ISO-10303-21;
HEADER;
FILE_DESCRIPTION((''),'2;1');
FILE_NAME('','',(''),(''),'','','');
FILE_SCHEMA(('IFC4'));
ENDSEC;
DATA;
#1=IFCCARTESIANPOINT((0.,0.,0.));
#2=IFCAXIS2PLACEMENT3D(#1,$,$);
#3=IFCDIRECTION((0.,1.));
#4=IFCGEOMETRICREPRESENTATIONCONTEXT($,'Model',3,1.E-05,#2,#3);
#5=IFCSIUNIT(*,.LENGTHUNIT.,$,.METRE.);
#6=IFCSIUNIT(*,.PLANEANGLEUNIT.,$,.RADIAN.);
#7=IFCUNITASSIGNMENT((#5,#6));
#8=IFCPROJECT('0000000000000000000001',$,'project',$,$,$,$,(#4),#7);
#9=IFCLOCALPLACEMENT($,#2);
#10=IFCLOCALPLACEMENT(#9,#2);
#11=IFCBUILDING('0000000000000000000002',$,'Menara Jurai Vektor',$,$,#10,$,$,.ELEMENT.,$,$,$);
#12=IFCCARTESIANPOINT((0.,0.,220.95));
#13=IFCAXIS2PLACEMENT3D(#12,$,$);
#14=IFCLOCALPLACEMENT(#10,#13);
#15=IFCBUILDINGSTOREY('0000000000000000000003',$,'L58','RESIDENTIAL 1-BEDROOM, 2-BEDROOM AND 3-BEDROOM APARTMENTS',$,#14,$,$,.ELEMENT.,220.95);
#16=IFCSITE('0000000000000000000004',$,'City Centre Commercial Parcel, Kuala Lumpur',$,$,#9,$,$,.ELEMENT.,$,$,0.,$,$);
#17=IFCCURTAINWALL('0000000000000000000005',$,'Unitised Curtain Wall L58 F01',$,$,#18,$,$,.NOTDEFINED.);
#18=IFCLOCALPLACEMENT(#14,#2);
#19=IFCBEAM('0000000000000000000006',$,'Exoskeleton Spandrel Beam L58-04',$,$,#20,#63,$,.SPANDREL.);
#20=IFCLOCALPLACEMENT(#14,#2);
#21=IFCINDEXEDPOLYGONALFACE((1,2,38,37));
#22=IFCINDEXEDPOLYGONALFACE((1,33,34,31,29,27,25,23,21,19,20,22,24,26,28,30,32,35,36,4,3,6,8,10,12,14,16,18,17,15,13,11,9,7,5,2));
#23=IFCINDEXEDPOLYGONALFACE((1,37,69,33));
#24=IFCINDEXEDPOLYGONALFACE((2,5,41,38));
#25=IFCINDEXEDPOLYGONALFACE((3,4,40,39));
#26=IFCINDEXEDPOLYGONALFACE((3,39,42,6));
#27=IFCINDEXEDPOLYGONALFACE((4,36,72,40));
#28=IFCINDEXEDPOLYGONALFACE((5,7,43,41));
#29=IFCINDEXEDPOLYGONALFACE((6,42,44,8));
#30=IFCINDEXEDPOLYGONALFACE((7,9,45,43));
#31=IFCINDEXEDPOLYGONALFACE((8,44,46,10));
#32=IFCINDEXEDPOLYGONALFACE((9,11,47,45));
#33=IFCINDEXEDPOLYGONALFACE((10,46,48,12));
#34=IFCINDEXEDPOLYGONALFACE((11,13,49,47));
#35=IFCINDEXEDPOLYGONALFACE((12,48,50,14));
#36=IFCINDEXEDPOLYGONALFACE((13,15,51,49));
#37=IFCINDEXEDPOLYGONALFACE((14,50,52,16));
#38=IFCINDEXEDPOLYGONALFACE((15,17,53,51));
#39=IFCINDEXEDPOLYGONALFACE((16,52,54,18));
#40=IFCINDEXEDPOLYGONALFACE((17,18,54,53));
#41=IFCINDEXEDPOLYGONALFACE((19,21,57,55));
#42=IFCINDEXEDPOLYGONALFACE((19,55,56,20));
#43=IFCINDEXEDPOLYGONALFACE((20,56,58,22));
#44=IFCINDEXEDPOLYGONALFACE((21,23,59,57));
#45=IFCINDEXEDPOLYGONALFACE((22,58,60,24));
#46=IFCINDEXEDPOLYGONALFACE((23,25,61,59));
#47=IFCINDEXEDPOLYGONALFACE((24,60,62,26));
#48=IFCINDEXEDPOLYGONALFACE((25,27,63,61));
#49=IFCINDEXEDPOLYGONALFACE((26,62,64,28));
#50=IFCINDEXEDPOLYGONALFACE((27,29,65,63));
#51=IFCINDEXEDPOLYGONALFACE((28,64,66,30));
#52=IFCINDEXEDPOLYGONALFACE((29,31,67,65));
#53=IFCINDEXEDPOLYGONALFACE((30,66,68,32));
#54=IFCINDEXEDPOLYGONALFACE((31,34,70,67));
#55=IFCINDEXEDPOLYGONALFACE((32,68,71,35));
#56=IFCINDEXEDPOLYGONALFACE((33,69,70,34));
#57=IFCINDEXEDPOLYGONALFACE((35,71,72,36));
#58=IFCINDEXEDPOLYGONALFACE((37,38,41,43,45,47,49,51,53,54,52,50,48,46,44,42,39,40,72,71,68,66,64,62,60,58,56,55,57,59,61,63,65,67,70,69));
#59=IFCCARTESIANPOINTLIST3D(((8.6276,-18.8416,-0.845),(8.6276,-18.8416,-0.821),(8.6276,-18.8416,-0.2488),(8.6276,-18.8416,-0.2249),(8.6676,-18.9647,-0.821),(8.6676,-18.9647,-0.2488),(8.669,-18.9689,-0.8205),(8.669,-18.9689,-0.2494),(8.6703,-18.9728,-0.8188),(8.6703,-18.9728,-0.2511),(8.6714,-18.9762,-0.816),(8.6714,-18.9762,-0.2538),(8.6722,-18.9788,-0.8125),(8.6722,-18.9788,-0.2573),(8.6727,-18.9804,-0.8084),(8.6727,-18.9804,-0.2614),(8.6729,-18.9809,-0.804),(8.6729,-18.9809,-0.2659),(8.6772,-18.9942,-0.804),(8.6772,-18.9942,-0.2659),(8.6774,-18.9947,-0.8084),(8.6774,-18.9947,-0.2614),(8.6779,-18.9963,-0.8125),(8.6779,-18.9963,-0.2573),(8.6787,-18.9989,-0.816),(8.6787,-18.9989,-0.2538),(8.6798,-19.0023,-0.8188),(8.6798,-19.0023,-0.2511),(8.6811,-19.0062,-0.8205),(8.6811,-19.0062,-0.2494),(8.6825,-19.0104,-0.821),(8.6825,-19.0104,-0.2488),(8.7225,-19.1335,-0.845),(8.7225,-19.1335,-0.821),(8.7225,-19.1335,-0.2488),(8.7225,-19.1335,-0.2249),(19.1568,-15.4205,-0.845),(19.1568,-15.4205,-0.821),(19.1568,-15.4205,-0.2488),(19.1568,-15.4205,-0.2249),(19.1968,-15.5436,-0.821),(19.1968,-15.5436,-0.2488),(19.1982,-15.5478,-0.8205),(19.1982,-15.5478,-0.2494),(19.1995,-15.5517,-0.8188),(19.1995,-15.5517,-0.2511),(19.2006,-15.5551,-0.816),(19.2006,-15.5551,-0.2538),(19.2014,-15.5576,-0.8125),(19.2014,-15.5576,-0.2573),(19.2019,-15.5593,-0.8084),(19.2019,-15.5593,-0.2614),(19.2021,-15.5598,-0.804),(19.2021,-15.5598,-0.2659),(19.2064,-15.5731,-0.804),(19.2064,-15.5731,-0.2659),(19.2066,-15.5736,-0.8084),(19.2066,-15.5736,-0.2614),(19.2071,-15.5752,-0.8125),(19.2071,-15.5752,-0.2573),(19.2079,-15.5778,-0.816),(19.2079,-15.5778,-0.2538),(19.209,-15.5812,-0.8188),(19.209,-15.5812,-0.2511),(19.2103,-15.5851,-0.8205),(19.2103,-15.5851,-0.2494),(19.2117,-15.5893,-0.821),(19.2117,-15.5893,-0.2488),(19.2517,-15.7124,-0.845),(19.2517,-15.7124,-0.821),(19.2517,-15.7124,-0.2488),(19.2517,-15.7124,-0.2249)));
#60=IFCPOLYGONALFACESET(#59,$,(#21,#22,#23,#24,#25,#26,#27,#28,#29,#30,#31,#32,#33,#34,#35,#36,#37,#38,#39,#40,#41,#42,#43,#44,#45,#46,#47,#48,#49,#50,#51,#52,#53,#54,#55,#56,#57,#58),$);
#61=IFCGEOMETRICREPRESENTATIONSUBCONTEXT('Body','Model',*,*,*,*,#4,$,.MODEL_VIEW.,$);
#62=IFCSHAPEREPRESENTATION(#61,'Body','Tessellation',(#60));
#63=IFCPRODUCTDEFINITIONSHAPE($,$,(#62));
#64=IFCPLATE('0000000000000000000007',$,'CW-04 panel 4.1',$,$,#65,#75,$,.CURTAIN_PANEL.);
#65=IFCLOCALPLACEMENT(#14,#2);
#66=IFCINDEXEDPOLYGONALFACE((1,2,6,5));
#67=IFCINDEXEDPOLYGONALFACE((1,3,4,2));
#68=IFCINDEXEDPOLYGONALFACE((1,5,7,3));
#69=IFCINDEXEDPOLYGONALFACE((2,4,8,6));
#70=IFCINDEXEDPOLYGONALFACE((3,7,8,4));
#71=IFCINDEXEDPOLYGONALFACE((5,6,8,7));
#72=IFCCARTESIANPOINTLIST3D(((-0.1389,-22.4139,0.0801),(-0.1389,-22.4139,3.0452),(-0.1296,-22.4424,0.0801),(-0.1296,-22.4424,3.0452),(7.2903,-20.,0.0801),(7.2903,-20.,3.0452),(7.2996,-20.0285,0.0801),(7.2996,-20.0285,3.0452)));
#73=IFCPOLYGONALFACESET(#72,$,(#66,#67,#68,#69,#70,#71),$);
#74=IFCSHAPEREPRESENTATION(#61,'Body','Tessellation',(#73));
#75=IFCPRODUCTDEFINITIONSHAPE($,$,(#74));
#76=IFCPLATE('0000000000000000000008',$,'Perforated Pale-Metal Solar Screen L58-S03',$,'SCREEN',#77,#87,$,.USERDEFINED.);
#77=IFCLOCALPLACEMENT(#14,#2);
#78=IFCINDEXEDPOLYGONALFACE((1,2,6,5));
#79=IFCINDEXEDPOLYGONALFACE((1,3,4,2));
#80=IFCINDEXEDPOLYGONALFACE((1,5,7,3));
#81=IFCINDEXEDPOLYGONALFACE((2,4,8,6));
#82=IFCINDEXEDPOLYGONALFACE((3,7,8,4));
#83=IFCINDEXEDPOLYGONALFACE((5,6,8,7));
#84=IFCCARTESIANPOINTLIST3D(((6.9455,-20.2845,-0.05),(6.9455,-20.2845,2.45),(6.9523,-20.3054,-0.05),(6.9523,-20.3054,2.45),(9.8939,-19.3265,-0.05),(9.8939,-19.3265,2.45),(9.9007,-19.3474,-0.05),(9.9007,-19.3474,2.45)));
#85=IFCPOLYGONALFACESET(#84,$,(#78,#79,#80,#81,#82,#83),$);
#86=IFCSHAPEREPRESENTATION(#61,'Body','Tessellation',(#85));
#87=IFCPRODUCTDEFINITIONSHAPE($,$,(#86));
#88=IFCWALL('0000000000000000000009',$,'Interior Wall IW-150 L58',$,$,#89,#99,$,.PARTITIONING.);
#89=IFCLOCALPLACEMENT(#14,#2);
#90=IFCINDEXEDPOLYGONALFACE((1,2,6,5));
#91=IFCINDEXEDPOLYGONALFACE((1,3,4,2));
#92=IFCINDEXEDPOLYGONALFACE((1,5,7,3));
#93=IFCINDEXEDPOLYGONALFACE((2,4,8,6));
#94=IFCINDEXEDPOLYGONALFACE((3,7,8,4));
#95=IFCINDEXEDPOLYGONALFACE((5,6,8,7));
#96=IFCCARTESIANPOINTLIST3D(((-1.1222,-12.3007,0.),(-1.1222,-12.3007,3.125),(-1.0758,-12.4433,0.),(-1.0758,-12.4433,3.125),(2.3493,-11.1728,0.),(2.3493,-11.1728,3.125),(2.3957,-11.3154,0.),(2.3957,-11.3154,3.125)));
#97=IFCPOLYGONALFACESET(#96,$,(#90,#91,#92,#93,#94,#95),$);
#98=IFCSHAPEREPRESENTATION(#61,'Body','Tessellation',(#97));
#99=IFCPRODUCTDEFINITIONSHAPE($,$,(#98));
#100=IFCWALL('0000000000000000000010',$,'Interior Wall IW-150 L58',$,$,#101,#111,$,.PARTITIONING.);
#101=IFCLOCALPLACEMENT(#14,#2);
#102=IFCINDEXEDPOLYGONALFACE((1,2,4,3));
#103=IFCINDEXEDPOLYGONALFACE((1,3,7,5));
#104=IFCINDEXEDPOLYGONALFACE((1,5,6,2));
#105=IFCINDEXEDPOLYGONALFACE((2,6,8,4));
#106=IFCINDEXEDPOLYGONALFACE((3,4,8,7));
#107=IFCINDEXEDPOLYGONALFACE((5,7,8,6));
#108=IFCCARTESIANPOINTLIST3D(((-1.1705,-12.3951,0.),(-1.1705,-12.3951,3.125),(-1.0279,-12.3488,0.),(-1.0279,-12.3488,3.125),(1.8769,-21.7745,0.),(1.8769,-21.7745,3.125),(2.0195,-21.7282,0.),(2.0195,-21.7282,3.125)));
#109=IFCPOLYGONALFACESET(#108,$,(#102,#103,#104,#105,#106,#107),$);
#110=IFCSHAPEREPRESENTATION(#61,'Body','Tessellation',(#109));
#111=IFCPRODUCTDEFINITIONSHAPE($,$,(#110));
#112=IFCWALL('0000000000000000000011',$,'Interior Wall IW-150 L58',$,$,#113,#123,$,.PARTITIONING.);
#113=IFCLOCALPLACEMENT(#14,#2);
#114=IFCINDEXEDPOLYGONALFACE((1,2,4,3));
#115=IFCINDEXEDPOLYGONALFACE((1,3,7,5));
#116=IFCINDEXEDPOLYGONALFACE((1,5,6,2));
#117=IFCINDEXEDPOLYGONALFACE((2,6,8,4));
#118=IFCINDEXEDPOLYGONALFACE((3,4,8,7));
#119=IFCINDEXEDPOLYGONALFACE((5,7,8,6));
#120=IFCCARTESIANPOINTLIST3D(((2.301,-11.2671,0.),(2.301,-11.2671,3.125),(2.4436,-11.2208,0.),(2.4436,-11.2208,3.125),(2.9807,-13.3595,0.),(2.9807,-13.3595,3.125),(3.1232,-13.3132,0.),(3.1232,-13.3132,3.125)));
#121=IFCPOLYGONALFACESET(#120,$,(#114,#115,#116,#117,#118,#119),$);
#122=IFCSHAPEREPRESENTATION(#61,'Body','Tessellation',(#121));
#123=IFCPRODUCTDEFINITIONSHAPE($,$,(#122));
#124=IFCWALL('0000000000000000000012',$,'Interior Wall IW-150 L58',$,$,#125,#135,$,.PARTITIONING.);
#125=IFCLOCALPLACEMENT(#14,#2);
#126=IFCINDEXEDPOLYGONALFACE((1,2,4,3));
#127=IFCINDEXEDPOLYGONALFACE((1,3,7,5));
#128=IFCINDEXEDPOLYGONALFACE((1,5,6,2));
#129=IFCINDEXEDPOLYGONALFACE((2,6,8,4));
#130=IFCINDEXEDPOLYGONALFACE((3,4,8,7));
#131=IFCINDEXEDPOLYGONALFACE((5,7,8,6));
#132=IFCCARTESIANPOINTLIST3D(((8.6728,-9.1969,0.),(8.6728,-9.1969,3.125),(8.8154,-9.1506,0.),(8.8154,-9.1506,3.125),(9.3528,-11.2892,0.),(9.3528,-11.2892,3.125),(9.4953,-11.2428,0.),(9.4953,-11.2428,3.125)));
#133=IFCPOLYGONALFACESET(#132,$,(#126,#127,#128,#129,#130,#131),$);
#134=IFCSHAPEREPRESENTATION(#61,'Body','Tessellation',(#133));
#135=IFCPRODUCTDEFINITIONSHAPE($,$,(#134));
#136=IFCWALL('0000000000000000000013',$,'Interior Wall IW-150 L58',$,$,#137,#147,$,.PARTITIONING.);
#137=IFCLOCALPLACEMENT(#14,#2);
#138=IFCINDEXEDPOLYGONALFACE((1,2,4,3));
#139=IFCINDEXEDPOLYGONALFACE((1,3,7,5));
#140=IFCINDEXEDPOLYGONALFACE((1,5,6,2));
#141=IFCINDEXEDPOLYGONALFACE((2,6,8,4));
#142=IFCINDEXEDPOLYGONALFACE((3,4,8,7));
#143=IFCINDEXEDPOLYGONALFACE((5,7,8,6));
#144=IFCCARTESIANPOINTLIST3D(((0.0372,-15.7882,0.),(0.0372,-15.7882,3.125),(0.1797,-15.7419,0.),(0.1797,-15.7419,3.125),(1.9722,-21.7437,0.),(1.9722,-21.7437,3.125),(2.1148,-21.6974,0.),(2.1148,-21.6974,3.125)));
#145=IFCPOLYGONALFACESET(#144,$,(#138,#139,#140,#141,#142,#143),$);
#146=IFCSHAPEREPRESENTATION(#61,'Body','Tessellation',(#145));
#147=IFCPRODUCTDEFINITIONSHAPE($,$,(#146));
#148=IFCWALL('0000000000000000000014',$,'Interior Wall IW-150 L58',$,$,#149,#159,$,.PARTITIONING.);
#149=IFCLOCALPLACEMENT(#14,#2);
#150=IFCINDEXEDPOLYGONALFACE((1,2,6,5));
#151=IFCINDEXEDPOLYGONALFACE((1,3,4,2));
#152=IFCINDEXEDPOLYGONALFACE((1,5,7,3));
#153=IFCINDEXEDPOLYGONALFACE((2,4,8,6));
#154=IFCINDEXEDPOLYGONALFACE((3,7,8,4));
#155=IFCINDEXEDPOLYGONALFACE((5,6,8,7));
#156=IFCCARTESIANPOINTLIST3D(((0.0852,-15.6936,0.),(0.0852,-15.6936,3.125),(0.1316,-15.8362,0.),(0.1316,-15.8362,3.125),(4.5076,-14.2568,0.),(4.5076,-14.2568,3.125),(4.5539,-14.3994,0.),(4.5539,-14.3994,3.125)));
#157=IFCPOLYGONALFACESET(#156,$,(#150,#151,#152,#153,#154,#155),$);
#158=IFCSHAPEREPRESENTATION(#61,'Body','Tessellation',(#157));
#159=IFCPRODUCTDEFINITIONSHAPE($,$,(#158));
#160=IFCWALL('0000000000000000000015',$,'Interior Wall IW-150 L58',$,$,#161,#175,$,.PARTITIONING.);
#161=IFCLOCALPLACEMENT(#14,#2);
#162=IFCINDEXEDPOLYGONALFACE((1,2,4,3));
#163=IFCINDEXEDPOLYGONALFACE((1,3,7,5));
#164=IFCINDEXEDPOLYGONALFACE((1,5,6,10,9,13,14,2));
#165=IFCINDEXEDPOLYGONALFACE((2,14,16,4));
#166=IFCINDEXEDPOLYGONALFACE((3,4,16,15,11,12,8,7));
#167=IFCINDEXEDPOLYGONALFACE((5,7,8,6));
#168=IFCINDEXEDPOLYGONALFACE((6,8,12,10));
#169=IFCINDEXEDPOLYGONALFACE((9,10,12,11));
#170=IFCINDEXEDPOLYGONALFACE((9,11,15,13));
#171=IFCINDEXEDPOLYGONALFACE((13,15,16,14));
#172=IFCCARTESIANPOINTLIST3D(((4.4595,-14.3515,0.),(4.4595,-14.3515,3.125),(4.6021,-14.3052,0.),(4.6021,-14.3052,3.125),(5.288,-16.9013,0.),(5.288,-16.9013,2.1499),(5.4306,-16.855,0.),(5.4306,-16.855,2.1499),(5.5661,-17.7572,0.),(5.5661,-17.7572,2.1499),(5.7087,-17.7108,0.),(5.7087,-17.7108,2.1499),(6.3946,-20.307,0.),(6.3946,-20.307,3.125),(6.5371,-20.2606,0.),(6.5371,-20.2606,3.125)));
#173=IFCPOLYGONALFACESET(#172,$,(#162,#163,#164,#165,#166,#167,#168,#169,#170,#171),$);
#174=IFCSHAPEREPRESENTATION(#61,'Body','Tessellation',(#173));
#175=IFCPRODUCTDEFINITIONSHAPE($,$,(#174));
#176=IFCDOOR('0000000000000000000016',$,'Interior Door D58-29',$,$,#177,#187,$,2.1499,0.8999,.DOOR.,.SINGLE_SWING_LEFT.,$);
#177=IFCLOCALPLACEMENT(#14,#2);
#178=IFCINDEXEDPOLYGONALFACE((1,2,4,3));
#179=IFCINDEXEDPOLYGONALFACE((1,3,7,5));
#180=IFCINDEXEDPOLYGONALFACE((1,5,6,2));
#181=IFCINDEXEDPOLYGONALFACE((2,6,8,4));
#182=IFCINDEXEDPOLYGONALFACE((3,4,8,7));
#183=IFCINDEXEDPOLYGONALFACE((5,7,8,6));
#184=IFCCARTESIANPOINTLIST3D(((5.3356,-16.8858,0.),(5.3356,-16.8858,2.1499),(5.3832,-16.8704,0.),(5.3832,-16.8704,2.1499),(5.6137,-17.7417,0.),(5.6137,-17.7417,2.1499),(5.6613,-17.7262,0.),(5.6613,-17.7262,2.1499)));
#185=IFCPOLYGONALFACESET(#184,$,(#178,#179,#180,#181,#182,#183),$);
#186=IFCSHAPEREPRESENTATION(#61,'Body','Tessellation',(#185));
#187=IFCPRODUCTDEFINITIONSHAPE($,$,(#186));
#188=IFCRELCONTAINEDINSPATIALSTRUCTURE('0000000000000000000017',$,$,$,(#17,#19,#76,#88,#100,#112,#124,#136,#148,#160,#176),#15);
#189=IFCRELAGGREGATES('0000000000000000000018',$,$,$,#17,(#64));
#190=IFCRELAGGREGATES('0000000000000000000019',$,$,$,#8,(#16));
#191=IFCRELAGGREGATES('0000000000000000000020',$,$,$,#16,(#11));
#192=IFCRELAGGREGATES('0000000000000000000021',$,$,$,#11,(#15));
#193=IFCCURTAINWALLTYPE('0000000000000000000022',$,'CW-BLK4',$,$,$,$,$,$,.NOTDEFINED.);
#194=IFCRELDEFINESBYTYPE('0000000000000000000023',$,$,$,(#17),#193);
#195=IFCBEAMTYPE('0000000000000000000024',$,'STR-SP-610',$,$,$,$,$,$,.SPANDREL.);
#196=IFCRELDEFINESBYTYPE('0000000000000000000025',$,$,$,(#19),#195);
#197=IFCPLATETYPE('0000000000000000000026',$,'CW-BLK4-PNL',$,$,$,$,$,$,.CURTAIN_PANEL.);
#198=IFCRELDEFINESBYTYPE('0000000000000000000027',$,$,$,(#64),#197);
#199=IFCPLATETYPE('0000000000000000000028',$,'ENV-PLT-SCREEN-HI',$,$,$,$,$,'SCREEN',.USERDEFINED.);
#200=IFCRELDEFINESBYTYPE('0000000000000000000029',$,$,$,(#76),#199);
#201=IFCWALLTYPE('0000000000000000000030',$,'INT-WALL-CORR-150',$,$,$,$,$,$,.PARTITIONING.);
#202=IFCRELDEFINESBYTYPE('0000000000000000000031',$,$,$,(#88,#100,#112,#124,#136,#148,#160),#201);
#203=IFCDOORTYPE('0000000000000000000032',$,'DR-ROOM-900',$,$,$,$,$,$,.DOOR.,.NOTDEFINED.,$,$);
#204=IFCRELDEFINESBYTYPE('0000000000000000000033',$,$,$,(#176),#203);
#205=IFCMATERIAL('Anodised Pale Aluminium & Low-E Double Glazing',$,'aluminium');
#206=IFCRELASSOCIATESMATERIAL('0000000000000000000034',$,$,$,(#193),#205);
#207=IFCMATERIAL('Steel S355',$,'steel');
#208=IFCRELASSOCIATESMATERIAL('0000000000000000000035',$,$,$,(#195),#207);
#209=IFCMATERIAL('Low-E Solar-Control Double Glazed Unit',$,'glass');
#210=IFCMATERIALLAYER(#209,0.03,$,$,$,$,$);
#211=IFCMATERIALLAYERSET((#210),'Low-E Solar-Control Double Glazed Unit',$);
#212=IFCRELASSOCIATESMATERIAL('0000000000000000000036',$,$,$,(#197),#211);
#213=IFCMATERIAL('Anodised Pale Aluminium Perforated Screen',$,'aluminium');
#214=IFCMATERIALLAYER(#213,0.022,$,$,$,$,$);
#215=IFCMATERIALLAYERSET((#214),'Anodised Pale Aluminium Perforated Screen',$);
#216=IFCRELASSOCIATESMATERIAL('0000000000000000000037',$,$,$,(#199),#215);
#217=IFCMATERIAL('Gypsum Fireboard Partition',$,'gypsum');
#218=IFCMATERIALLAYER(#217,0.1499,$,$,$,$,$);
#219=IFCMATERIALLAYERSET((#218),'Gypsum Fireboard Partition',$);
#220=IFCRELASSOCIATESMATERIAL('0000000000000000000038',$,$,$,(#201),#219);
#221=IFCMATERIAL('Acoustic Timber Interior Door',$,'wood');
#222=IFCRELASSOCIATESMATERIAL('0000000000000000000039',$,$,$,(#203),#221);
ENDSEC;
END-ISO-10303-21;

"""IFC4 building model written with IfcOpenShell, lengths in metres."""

from ifc_helpers import new_model, si_unit, direction, frame, frame_2d, origin, origin_2d, place, context, subcontext, project, spatial, rectangle, i_section, extrude, material, layer, layer_set, material_profile, profile_set, type_object, element, fill, aggregate, save


model = new_model("IFC4")

# Units and contexts
model_context = context("Model", 3, precision=1e-05, world=origin(), true_north=direction((0.0, 1.0)))
body_context = subcontext(model_context, "Body", "Model", "MODEL_VIEW")
ifc_project = project(units=[si_unit("LENGTHUNIT", "METRE"), si_unit("PLANEANGLEUNIT", "RADIAN")], contexts=[model_context])

# Site, building, storey
site_placement = place(None, origin())
site = spatial("IfcSite", under=ifc_project, at=site_placement, Name="City Centre Commercial Parcel, Kuala Lumpur", CompositionType="ELEMENT", RefElevation=0.0)
building_placement = place(site_placement, origin())
building = spatial("IfcBuilding", under=site, at=building_placement, Name="Menara Jurai Vektor", CompositionType="ELEMENT")
storey_placement = place(building_placement, frame((0.0, 0.0, 220.95)))
storey = spatial("IfcBuildingStorey", under=building, at=storey_placement, Name="L58", Description="RESIDENTIAL 1-BEDROOM, 2-BEDROOM AND 3-BEDROOM APARTMENTS", CompositionType="ELEMENT", Elevation=220.95)

# Curtain wall
ifc_material_1 = material(Name="Anodised Pale Aluminium & Low-E Double Glazing", Category="aluminium")
curtain_wall_type = type_object("IfcCurtainWallType", Name="CW-BLK4", PredefinedType="NOTDEFINED", material=ifc_material_1)
curtain_wall_placement = place(storey_placement, origin())
curtain_wall = element("IfcCurtainWall", 1, at=curtain_wall_placement, inside=storey, type_object=curtain_wall_type, Name="Unitised Curtain Wall L58 F01", PredefinedType="NOTDEFINED")

# Beam
ifc_material_2 = material(Name="Steel S355", Category="steel")
ifc_material_profile_1 = material_profile(ifc_material_2, i_section(OverallWidth=0.3069, OverallDepth=0.6201, WebThickness=0.0139, FlangeThickness=0.0239, FilletRadius=0.0171, at=origin_2d()), Name="UKB 610x305x179")
ifc_profile_set_1 = profile_set([ifc_material_profile_1], Name="Steel S355")
beam_type_1 = type_object("IfcBeamType", Name="STR-SP-610", PredefinedType="SPANDREL", material=ifc_profile_set_1)
for number, where, z_axis, x_axis, name in (
    (2, (8.675, -18.9875, -0.5349), (0.951057, 0.309014, 0.0), (-0.309014, 0.951057, 0.0), "Exoskeleton Spandrel Beam L58-04"),
):
    element("IfcBeam", number, at=place(storey_placement, frame(where, z_axis=z_axis, x_axis=x_axis)), inside=storey, type_object=beam_type_1, Name=name, PredefinedType="SPANDREL", context=body_context, shape_type="SweptSolid", body=[
        extrude(i_section(OverallWidth=0.3069, OverallDepth=0.6201, WebThickness=0.0139, FlangeThickness=0.0239, FilletRadius=0.0171, at=origin_2d()), origin(), (0.0, 0.0, 1.0), 11.071),
    ])

# Plates
ifc_material_3 = material(Name="Low-E Solar-Control Double Glazed Unit", Category="glass")
ifc_layer_1 = layer(ifc_material_3, 0.03)
ifc_layer_set_1 = layer_set([ifc_layer_1], Name="Low-E Solar-Control Double Glazed Unit")
plate_type_1 = type_object("IfcPlateType", Name="CW-BLK4-PNL", PredefinedType="CURTAIN_PANEL", material=ifc_layer_set_1)
plate_1_placement = place(storey_placement, frame((3.5803, -21.2212, 0.0801), z_axis=(0.0, 0.0, 1.0), x_axis=(0.951056, 0.309017, 0.0)))
plate_1 = element("IfcPlate", 3, at=plate_1_placement, type_object=plate_type_1, Name="CW-04 panel 4.1", PredefinedType="CURTAIN_PANEL", context=body_context, shape_type="SweptSolid", body=[
    extrude(rectangle(XDim=7.8115, YDim=0.03, at=origin_2d()), origin(), (0.0, 0.0, 1.0), 2.9651),
])
aggregate(curtain_wall, [plate_1])
ifc_material_4 = material(Name="Anodised Pale Aluminium Perforated Screen", Category="aluminium")
ifc_layer_2 = layer(ifc_material_4, 0.022)
ifc_layer_set_2 = layer_set([ifc_layer_2], Name="Anodised Pale Aluminium Perforated Screen")
plate_type_2 = type_object("IfcPlateType", Name="ENV-PLT-SCREEN-HI", ElementType="SCREEN", PredefinedType="USERDEFINED", material=ifc_layer_set_2)
plate_2_placement = place(storey_placement, frame((8.4231, -19.8159, -0.05), z_axis=(0.0, 0.0, 1.0), x_axis=(0.951057, 0.309017, 0.0)))
element("IfcPlate", 4, at=plate_2_placement, inside=storey, type_object=plate_type_2, Name="Perforated Pale-Metal Solar Screen L58-S03", ObjectType="SCREEN", PredefinedType="USERDEFINED", context=body_context, shape_type="SweptSolid", body=[
    extrude(rectangle(XDim=3.1001, YDim=0.022, at=origin_2d()), origin(), (0.0, 0.0, 1.0), 2.5),
])

# Walls
ifc_material_5 = material(Name="Gypsum Fireboard Partition", Category="gypsum")
ifc_layer_3 = layer(ifc_material_5, 0.1499)
ifc_layer_set_3 = layer_set([ifc_layer_3], Name="Gypsum Fireboard Partition")
wall_type_1 = type_object("IfcWallType", Name="INT-WALL-CORR-150", PredefinedType="PARTITIONING", material=ifc_layer_set_3)
wall_1_placement = place(storey_placement, frame((-1.0991, -12.3721, 0.0), z_axis=(0.0, 0.0, 1.0), x_axis=(0.951057, 0.309015, 0.0)))
element("IfcWall", 5, at=wall_1_placement, inside=storey, type_object=wall_type_1, Name="Interior Wall IW-150 L58", PredefinedType="PARTITIONING", context=body_context, shape_type="SweptSolid", body=[
    extrude(rectangle(XDim=3.6501, YDim=0.1499, at=frame_2d((1.8252, 0.0))), origin(), (0.0, 0.0, 1.0), 3.125),
])
wall_2_placement = place(storey_placement, frame((1.9482, -21.7515, 0.0), z_axis=(0.0, 0.0, 1.0), x_axis=(-0.309, 0.951062, 0.0)))
element("IfcWall", 6, at=wall_2_placement, inside=storey, type_object=wall_type_1, Name="Interior Wall IW-150 L58", PredefinedType="PARTITIONING", context=body_context, shape_type="SweptSolid", body=[
    extrude(rectangle(XDim=9.8621, YDim=0.1499, at=frame_2d((4.9312, 0.0))), origin(), (0.0, 0.0, 1.0), 3.125),
])
wall_3_placement = place(storey_placement, frame((3.052, -13.3364, 0.0), z_axis=(0.0, 0.0, 1.0), x_axis=(-0.308961, 0.951075, 0.0)))
element("IfcWall", 7, at=wall_3_placement, inside=storey, type_object=wall_type_1, Name="Interior Wall IW-150 L58", PredefinedType="PARTITIONING", context=body_context, shape_type="SweptSolid", body=[
    extrude(rectangle(XDim=2.2, YDim=0.1499, at=frame_2d((1.1001, 0.0))), origin(), (0.0, 0.0, 1.0), 3.125),
])

# Shared definitions
ifc_material_6 = material(Name="Acoustic Timber Interior Door", Category="wood")
door_type_1 = type_object("IfcDoorType", Name="DR-ROOM-900", OperationType="NOTDEFINED", PredefinedType="DOOR", material=ifc_material_6)

# Walls
wall_4_placement = place(storey_placement, frame((9.4241, -11.2661, 0.0), z_axis=(0.0, 0.0, 1.0), x_axis=(-0.309061, 0.951042, 0.0)))
element("IfcWall", 8, at=wall_4_placement, inside=storey, type_object=wall_type_1, Name="Interior Wall IW-150 L58", PredefinedType="PARTITIONING", context=body_context, shape_type="SweptSolid", body=[
    extrude(rectangle(XDim=2.2, YDim=0.1499, at=frame_2d((1.1001, 0.0))), origin(), (0.0, 0.0, 1.0), 3.125),
])
wall_5_placement = place(storey_placement, frame((2.0435, -21.7205, 0.0), z_axis=(0.0, 0.0, 1.0), x_axis=(-0.309014, 0.951058, 0.0)))
element("IfcWall", 9, at=wall_5_placement, inside=storey, type_object=wall_type_1, Name="Interior Wall IW-150 L58", PredefinedType="PARTITIONING", context=body_context, shape_type="SweptSolid", body=[
    extrude(rectangle(XDim=6.262, YDim=0.1499, at=frame_2d((3.1309, 0.0))), origin(), (0.0, 0.0, 1.0), 3.125),
])
wall_6_placement = place(storey_placement, frame((0.1084, -15.7649, 0.0), z_axis=(0.0, 0.0, 1.0), x_axis=(0.951066, 0.308989, 0.0)))
element("IfcWall", 10, at=wall_6_placement, inside=storey, type_object=wall_type_1, Name="Interior Wall IW-150 L58", PredefinedType="PARTITIONING", context=body_context, shape_type="SweptSolid", body=[
    extrude(rectangle(XDim=4.6499, YDim=0.1499, at=frame_2d((2.325, 0.0))), origin(), (0.0, 0.0, 1.0), 3.125),
])

# Wall, opening, door
wall_7_placement = place(storey_placement, frame((6.4658, -20.2837, 0.0), z_axis=(0.0, 0.0, 1.0), x_axis=(-0.309014, 0.951058, 0.0)))
wall_7 = element("IfcWall", 11, at=wall_7_placement, inside=storey, type_object=wall_type_1, Name="Interior Wall IW-150 L58", PredefinedType="PARTITIONING", context=body_context, shape_type="SweptSolid", body=[
    extrude(rectangle(XDim=6.262, YDim=0.1499, at=frame_2d((3.1309, 0.0))), origin(), (0.0, 0.0, 1.0), 3.125),
])
opening_1_placement = place(wall_7_placement, frame((2.6809, 0.0, 0.0)))
opening_1 = element("IfcOpeningElement", 12, at=opening_1_placement, cuts=wall_7, PredefinedType="OPENING", context=body_context, shape_type="SweptSolid", body=[
    extrude(rectangle(XDim=0.8999, YDim=2.1499, at=frame_2d((0.45, 1.075))), frame((0.0, 0.085, 0.0), z_axis=(0.0, -1.0, 0.0), x_axis=(1.0, 0.0, 0.0)), (0.0, 0.0, 1.0), 0.1699),
])
door_1_placement = place(opening_1_placement, origin())
door_1 = element("IfcDoor", 13, at=door_1_placement, inside=storey, type_object=door_type_1, Name="Interior Door D58-29", OperationType="SINGLE_SWING_LEFT", OverallHeight=2.1499, OverallWidth=0.8999, PredefinedType="DOOR", context=body_context, shape_type="SweptSolid", body=[
    extrude(rectangle(XDim=0.8999, YDim=2.1499, at=frame_2d((0.45, 1.075))), frame((0.0, 0.0249, 0.0), z_axis=(0.0, -1.0, 0.0), x_axis=(1.0, 0.0, 0.0)), (0.0, 0.0, 1.0), 0.05),
])
fill(opening_1, door_1)

save(model, "model.ifc")
